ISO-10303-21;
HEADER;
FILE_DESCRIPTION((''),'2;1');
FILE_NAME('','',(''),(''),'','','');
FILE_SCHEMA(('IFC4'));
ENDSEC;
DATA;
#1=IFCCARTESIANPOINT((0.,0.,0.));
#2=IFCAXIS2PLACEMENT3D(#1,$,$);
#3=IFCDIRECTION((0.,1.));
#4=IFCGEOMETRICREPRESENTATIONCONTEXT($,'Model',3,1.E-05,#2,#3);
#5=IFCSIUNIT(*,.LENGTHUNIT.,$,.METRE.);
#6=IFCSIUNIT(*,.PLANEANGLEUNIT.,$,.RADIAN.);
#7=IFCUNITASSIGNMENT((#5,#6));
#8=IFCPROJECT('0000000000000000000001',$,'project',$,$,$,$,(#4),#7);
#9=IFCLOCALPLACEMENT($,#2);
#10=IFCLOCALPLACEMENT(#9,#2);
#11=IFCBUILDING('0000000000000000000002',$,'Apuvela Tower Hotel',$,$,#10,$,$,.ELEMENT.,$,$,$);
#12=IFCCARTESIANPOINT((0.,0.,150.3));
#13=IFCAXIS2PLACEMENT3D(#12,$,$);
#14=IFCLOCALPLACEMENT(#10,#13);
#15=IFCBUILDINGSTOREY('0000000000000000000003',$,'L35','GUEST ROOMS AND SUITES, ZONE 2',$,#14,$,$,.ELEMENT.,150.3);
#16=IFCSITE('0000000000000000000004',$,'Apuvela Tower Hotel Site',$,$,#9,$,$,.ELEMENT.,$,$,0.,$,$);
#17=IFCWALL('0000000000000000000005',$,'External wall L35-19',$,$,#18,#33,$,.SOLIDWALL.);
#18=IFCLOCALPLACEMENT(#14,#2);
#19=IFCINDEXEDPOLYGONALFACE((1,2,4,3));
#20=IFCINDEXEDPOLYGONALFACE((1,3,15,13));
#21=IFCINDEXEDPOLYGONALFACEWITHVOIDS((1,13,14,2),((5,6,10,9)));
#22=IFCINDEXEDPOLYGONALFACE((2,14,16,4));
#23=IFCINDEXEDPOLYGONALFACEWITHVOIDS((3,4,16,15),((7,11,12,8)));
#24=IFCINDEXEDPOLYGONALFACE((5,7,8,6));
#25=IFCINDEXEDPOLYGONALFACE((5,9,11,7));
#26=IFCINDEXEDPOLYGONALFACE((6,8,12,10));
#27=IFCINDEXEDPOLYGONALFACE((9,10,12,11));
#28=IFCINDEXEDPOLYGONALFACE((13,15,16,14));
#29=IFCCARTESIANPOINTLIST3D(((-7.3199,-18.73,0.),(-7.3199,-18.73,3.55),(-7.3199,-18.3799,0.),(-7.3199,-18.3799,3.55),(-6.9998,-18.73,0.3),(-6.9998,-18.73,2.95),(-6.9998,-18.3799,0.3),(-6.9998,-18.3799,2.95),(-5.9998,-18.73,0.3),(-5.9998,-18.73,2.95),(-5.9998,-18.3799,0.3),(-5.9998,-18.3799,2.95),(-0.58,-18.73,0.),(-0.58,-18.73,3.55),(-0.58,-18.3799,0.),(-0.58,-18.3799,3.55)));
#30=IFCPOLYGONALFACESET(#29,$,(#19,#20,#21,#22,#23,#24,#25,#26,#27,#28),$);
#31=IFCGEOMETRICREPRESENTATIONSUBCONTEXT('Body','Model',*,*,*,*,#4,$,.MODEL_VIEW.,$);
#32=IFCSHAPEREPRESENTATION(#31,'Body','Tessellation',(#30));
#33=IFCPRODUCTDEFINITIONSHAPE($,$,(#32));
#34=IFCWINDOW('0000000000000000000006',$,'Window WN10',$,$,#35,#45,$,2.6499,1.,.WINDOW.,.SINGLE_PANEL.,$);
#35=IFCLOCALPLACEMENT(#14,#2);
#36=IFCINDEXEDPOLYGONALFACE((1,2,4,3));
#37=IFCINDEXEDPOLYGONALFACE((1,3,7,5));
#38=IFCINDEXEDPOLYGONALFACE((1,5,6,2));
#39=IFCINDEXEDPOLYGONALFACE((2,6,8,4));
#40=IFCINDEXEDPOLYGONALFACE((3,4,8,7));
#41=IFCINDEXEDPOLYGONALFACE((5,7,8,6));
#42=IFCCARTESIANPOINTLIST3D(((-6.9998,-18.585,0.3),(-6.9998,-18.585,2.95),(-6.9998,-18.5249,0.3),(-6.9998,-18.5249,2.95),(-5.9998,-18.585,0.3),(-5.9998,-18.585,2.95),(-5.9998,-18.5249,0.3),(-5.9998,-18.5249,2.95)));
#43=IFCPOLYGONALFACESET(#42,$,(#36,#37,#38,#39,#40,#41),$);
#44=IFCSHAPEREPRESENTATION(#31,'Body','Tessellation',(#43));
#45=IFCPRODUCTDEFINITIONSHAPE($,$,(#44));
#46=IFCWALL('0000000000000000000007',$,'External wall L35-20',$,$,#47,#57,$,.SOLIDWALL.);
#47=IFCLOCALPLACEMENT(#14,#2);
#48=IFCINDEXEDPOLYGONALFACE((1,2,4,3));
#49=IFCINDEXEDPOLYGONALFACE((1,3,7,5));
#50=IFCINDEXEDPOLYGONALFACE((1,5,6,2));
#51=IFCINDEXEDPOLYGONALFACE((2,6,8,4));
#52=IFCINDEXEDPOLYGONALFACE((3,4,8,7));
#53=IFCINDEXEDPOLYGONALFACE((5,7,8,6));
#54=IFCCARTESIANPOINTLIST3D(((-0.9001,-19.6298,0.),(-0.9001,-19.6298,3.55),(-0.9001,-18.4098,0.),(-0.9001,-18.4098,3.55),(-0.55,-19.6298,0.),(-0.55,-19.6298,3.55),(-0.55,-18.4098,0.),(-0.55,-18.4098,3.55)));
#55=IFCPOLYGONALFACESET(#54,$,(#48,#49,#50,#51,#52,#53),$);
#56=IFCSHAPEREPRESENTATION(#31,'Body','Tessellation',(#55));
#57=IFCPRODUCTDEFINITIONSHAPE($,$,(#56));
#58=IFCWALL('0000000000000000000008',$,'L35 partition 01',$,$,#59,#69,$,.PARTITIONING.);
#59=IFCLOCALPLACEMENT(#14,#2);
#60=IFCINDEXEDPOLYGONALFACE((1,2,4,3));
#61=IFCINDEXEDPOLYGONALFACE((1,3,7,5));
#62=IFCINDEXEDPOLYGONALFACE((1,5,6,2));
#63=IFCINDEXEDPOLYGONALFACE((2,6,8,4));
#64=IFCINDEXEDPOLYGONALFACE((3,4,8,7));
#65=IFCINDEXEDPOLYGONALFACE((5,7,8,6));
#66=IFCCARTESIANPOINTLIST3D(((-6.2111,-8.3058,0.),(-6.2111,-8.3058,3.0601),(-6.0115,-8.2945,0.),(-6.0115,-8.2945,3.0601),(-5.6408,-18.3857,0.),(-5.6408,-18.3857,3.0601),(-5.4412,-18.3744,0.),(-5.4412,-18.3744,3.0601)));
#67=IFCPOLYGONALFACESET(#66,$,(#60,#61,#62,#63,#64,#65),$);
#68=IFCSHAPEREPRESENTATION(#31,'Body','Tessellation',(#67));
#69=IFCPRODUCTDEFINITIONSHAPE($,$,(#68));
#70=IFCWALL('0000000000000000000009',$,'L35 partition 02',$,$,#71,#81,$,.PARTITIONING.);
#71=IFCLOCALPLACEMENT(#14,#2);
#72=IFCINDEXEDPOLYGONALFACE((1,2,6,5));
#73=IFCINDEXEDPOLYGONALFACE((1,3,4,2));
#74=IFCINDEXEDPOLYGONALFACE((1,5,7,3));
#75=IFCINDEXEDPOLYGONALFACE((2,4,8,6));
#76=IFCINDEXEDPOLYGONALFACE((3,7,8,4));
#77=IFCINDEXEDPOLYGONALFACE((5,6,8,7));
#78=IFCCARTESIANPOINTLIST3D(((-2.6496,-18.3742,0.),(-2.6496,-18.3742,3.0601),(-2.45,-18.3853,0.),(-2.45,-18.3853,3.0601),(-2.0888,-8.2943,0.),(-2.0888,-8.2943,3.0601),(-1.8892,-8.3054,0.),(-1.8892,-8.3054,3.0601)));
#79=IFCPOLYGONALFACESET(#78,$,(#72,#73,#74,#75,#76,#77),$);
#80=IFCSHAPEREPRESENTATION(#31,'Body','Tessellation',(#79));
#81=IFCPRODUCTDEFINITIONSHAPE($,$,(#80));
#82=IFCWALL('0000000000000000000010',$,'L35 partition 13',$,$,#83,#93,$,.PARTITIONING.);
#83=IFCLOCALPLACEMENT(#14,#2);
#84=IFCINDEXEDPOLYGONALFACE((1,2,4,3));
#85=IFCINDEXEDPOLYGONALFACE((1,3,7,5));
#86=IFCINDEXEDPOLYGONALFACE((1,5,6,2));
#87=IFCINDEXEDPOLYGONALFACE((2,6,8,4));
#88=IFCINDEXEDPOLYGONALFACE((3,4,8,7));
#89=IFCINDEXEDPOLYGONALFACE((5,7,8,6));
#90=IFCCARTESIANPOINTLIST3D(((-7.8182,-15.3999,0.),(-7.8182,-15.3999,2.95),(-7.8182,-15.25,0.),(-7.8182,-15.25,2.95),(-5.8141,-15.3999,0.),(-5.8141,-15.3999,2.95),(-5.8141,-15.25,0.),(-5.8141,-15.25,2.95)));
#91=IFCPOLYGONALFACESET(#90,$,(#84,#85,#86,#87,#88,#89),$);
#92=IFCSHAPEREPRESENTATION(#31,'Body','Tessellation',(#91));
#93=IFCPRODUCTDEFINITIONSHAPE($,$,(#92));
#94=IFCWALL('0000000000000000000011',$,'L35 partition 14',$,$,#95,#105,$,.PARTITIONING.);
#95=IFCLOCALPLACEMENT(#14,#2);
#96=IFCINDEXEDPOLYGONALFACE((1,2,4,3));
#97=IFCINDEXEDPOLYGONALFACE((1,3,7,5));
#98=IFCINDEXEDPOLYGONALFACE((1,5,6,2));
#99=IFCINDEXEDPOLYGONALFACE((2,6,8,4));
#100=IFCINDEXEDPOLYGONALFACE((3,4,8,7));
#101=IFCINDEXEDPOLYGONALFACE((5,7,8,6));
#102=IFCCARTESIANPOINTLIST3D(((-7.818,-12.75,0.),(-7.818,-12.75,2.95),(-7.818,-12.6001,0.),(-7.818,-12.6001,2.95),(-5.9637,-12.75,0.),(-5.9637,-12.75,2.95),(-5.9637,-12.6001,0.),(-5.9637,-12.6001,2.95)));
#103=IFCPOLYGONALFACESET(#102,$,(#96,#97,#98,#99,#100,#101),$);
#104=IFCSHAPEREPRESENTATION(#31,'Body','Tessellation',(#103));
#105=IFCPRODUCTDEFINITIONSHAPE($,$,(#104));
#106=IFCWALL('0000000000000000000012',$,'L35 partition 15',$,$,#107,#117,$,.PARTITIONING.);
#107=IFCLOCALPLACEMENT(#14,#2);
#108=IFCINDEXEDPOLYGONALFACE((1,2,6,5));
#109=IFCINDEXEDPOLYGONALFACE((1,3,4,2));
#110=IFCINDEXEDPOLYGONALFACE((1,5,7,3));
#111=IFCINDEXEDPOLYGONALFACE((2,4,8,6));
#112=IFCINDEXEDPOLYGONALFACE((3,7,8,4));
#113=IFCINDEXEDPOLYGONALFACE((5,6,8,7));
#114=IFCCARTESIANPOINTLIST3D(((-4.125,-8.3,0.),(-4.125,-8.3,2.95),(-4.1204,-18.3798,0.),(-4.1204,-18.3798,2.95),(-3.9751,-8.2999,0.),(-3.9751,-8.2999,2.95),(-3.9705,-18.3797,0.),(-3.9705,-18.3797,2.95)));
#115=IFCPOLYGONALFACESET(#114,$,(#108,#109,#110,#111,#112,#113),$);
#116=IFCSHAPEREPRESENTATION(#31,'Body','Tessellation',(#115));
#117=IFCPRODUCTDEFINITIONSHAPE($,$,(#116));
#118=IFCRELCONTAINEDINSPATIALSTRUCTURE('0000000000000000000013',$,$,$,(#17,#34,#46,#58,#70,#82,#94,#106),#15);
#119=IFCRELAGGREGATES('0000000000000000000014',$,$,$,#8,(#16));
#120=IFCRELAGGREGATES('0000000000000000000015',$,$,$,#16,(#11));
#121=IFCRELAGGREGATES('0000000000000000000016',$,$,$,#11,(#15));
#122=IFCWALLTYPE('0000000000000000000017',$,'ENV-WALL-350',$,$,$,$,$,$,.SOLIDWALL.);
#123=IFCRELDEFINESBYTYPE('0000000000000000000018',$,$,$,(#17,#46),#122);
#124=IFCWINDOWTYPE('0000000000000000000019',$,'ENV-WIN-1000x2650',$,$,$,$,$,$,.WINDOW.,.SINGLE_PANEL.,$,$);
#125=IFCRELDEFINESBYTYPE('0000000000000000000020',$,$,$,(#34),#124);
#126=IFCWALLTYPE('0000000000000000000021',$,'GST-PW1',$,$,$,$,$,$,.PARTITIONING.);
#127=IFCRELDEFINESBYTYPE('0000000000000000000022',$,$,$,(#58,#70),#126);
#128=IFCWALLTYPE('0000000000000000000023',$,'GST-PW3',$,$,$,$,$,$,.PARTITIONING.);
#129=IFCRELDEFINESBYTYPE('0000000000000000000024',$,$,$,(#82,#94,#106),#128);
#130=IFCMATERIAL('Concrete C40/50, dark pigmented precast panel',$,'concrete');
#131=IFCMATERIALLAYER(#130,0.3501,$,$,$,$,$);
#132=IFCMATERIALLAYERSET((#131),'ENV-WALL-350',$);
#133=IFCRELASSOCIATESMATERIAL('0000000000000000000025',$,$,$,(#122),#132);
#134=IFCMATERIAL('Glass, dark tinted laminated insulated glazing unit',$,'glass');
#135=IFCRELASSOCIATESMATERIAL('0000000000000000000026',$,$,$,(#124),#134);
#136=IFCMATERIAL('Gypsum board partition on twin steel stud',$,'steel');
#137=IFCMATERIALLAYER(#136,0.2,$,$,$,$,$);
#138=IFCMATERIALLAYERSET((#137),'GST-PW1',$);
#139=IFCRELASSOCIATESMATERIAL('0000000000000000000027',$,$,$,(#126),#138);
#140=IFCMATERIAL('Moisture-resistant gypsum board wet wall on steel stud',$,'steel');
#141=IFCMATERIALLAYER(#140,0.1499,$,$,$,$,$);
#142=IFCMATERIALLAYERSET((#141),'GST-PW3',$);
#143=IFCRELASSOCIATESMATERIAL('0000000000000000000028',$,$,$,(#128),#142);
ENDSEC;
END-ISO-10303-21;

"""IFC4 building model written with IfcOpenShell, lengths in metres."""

from ifc_helpers import new_model, si_unit, direction, frame, frame_2d, origin, place, context, subcontext, project, spatial, rectangle, extrude, material, layer, layer_set, type_object, element, fill, save


model = new_model("IFC4")

# Units and contexts
model_context = context("Model", 3, precision=1e-05, world=origin(), true_north=direction((0.0, 1.0)))
body_context = subcontext(model_context, "Body", "Model", "MODEL_VIEW")
ifc_project = project(units=[si_unit("LENGTHUNIT", "METRE"), si_unit("PLANEANGLEUNIT", "RADIAN")], contexts=[model_context])

# Site, building, storey
site_placement = place(None, origin())
site = spatial("IfcSite", under=ifc_project, at=site_placement, Name="Apuvela Tower Hotel Site", CompositionType="ELEMENT", RefElevation=0.0)
building_placement = place(site_placement, origin())
building = spatial("IfcBuilding", under=site, at=building_placement, Name="Apuvela Tower Hotel", CompositionType="ELEMENT")
storey_placement = place(building_placement, frame((0.0, 0.0, 150.3)))
storey = spatial("IfcBuildingStorey", under=building, at=storey_placement, Name="L35", Description="GUEST ROOMS AND SUITES, ZONE 2", CompositionType="ELEMENT", Elevation=150.3)

# Shared definitions
ifc_material_1 = material(Name="Concrete C40/50, dark pigmented precast panel", Category="concrete")
ifc_layer_1 = layer(ifc_material_1, 0.3501)
ifc_layer_set_1 = layer_set([ifc_layer_1], Name="ENV-WALL-350")
wall_type_1 = type_object("IfcWallType", Name="ENV-WALL-350", PredefinedType="SOLIDWALL", material=ifc_layer_set_1)

# Wall, opening, window
wall_1_placement = place(storey_placement, frame((-7.3201, -18.5549, 0.0), z_axis=(0.0, 0.0, 1.0), x_axis=(1.0, 0.0, 0.0)))
wall_1 = element("IfcWall", 1, at=wall_1_placement, inside=storey, type_object=wall_type_1, Name="External wall L35-19", PredefinedType="SOLIDWALL", context=body_context, shape_type="SweptSolid", body=[
    extrude(rectangle(XDim=6.74, YDim=0.3501, at=frame_2d((3.3701, 0.0))), origin(), (0.0, 0.0, 1.0), 3.55),
])
opening_1_placement = place(wall_1_placement, frame((0.3203, 0.0, 0.3)))
opening_1 = element("IfcOpeningElement", 2, at=opening_1_placement, cuts=wall_1, PredefinedType="OPENING", context=body_context, shape_type="SweptSolid", body=[
    extrude(rectangle(XDim=1.0, YDim=2.6499, at=frame_2d((0.5, 1.325))), frame((0.0, 0.1851, 0.0), z_axis=(0.0, -1.0, 0.0), x_axis=(1.0, 0.0, 0.0)), (0.0, 0.0, 1.0), 0.3701),
])
ifc_material_2 = material(Name="Glass, dark tinted laminated insulated glazing unit", Category="glass")
window_type = type_object("IfcWindowType", Name="ENV-WIN-1000x2650", PartitioningType="SINGLE_PANEL", PredefinedType="WINDOW", material=ifc_material_2)
window_placement = place(opening_1_placement, origin())
window = element("IfcWindow", 3, at=window_placement, inside=storey, type_object=window_type, Name="Window WN10", OverallHeight=2.6499, OverallWidth=1.0, PartitioningType="SINGLE_PANEL", PredefinedType="WINDOW", context=body_context, shape_type="SweptSolid", body=[
    extrude(rectangle(XDim=1.0, YDim=2.6499, at=frame_2d((0.5, 1.325))), frame((0.0, 0.03, 0.0), z_axis=(0.0, -1.0, 0.0), x_axis=(1.0, 0.0, 0.0)), (0.0, 0.0, 1.0), 0.0601),
])
fill(opening_1, window)

# Wall
wall_2_placement = place(storey_placement, frame((-0.7251, -18.4099, 0.0), z_axis=(0.0, 0.0, 1.0), x_axis=(0.0, -1.0, 0.0)))
element("IfcWall", 4, at=wall_2_placement, inside=storey, type_object=wall_type_1, Name="External wall L35-20", PredefinedType="SOLIDWALL", context=body_context, shape_type="SweptSolid", body=[
    extrude(rectangle(XDim=1.22, YDim=0.3501, at=frame_2d((0.6099, 0.0))), origin(), (0.0, 0.0, 1.0), 3.55),
])

# Walls
ifc_material_3 = material(Name="Gypsum board partition on twin steel stud", Category="steel")
ifc_layer_2 = layer(ifc_material_3, 0.2)
ifc_layer_set_2 = layer_set([ifc_layer_2], Name="GST-PW1")
wall_type_2 = type_object("IfcWallType", Name="GST-PW1", PredefinedType="PARTITIONING", material=ifc_layer_set_2)
wall_3_placement = place(storey_placement, frame((-5.541, -18.3799, 0.0), z_axis=(0.0, 0.0, 1.0), x_axis=(-0.056489, 0.998403, 0.0)))
element("IfcWall", 5, at=wall_3_placement, inside=storey, type_object=wall_type_2, Name="L35 partition 01", PredefinedType="PARTITIONING", context=body_context, shape_type="SweptSolid", body=[
    extrude(rectangle(XDim=10.0959, YDim=0.2, at=frame_2d((5.0479, 0.0))), origin(), (0.0, 0.0, 1.0), 3.0601),
])
wall_4_placement = place(storey_placement, frame((-2.5498, -18.3799, 0.0), z_axis=(0.0, 0.0, 1.0), x_axis=(0.055549, 0.998456, 0.0)))
element("IfcWall", 6, at=wall_4_placement, inside=storey, type_object=wall_type_2, Name="L35 partition 02", PredefinedType="PARTITIONING", context=body_context, shape_type="SweptSolid", body=[
    extrude(rectangle(XDim=10.0955, YDim=0.2, at=frame_2d((5.0479, 0.0))), origin(), (0.0, 0.0, 1.0), 3.0601),
])
ifc_material_4 = material(Name="Moisture-resistant gypsum board wet wall on steel stud", Category="steel")
ifc_layer_3 = layer(ifc_material_4, 0.1499)
ifc_layer_set_3 = layer_set([ifc_layer_3], Name="GST-PW3")
wall_type_3 = type_object("IfcWallType", Name="GST-PW3", PredefinedType="PARTITIONING", material=ifc_layer_set_3)
wall_5_placement = place(storey_placement, frame((-7.8181, -15.325, 0.0), z_axis=(0.0, 0.0, 1.0), x_axis=(1.0, 0.0, 0.0)))
element("IfcWall", 7, at=wall_5_placement, inside=storey, type_object=wall_type_3, Name="L35 partition 13", PredefinedType="PARTITIONING", context=body_context, shape_type="SweptSolid", body=[
    extrude(rectangle(XDim=2.0042, YDim=0.1499, at=frame_2d((1.002, 0.0))), origin(), (0.0, 0.0, 1.0), 2.95),
])
wall_6_placement = place(storey_placement, frame((-7.8181, -12.675, 0.0), z_axis=(0.0, 0.0, 1.0), x_axis=(1.0, 0.0, 0.0)))
element("IfcWall", 8, at=wall_6_placement, inside=storey, type_object=wall_type_3, Name="L35 partition 14", PredefinedType="PARTITIONING", context=body_context, shape_type="SweptSolid", body=[
    extrude(rectangle(XDim=1.8542, YDim=0.1499, at=frame_2d((0.9272, 0.0))), origin(), (0.0, 0.0, 1.0), 2.95),
])
wall_7_placement = place(storey_placement, frame((-4.0454, -18.3799, 0.0), z_axis=(0.0, 0.0, 1.0), x_axis=(-0.00046, 1.0, 0.0)))
element("IfcWall", 9, at=wall_7_placement, inside=storey, type_object=wall_type_3, Name="L35 partition 15", PredefinedType="PARTITIONING", context=body_context, shape_type="SweptSolid", body=[
    extrude(rectangle(XDim=10.0798, YDim=0.1499, at=frame_2d((5.04, 0.0))), origin(), (0.0, 0.0, 1.0), 2.95),
])

save(model, "model.ifc")
